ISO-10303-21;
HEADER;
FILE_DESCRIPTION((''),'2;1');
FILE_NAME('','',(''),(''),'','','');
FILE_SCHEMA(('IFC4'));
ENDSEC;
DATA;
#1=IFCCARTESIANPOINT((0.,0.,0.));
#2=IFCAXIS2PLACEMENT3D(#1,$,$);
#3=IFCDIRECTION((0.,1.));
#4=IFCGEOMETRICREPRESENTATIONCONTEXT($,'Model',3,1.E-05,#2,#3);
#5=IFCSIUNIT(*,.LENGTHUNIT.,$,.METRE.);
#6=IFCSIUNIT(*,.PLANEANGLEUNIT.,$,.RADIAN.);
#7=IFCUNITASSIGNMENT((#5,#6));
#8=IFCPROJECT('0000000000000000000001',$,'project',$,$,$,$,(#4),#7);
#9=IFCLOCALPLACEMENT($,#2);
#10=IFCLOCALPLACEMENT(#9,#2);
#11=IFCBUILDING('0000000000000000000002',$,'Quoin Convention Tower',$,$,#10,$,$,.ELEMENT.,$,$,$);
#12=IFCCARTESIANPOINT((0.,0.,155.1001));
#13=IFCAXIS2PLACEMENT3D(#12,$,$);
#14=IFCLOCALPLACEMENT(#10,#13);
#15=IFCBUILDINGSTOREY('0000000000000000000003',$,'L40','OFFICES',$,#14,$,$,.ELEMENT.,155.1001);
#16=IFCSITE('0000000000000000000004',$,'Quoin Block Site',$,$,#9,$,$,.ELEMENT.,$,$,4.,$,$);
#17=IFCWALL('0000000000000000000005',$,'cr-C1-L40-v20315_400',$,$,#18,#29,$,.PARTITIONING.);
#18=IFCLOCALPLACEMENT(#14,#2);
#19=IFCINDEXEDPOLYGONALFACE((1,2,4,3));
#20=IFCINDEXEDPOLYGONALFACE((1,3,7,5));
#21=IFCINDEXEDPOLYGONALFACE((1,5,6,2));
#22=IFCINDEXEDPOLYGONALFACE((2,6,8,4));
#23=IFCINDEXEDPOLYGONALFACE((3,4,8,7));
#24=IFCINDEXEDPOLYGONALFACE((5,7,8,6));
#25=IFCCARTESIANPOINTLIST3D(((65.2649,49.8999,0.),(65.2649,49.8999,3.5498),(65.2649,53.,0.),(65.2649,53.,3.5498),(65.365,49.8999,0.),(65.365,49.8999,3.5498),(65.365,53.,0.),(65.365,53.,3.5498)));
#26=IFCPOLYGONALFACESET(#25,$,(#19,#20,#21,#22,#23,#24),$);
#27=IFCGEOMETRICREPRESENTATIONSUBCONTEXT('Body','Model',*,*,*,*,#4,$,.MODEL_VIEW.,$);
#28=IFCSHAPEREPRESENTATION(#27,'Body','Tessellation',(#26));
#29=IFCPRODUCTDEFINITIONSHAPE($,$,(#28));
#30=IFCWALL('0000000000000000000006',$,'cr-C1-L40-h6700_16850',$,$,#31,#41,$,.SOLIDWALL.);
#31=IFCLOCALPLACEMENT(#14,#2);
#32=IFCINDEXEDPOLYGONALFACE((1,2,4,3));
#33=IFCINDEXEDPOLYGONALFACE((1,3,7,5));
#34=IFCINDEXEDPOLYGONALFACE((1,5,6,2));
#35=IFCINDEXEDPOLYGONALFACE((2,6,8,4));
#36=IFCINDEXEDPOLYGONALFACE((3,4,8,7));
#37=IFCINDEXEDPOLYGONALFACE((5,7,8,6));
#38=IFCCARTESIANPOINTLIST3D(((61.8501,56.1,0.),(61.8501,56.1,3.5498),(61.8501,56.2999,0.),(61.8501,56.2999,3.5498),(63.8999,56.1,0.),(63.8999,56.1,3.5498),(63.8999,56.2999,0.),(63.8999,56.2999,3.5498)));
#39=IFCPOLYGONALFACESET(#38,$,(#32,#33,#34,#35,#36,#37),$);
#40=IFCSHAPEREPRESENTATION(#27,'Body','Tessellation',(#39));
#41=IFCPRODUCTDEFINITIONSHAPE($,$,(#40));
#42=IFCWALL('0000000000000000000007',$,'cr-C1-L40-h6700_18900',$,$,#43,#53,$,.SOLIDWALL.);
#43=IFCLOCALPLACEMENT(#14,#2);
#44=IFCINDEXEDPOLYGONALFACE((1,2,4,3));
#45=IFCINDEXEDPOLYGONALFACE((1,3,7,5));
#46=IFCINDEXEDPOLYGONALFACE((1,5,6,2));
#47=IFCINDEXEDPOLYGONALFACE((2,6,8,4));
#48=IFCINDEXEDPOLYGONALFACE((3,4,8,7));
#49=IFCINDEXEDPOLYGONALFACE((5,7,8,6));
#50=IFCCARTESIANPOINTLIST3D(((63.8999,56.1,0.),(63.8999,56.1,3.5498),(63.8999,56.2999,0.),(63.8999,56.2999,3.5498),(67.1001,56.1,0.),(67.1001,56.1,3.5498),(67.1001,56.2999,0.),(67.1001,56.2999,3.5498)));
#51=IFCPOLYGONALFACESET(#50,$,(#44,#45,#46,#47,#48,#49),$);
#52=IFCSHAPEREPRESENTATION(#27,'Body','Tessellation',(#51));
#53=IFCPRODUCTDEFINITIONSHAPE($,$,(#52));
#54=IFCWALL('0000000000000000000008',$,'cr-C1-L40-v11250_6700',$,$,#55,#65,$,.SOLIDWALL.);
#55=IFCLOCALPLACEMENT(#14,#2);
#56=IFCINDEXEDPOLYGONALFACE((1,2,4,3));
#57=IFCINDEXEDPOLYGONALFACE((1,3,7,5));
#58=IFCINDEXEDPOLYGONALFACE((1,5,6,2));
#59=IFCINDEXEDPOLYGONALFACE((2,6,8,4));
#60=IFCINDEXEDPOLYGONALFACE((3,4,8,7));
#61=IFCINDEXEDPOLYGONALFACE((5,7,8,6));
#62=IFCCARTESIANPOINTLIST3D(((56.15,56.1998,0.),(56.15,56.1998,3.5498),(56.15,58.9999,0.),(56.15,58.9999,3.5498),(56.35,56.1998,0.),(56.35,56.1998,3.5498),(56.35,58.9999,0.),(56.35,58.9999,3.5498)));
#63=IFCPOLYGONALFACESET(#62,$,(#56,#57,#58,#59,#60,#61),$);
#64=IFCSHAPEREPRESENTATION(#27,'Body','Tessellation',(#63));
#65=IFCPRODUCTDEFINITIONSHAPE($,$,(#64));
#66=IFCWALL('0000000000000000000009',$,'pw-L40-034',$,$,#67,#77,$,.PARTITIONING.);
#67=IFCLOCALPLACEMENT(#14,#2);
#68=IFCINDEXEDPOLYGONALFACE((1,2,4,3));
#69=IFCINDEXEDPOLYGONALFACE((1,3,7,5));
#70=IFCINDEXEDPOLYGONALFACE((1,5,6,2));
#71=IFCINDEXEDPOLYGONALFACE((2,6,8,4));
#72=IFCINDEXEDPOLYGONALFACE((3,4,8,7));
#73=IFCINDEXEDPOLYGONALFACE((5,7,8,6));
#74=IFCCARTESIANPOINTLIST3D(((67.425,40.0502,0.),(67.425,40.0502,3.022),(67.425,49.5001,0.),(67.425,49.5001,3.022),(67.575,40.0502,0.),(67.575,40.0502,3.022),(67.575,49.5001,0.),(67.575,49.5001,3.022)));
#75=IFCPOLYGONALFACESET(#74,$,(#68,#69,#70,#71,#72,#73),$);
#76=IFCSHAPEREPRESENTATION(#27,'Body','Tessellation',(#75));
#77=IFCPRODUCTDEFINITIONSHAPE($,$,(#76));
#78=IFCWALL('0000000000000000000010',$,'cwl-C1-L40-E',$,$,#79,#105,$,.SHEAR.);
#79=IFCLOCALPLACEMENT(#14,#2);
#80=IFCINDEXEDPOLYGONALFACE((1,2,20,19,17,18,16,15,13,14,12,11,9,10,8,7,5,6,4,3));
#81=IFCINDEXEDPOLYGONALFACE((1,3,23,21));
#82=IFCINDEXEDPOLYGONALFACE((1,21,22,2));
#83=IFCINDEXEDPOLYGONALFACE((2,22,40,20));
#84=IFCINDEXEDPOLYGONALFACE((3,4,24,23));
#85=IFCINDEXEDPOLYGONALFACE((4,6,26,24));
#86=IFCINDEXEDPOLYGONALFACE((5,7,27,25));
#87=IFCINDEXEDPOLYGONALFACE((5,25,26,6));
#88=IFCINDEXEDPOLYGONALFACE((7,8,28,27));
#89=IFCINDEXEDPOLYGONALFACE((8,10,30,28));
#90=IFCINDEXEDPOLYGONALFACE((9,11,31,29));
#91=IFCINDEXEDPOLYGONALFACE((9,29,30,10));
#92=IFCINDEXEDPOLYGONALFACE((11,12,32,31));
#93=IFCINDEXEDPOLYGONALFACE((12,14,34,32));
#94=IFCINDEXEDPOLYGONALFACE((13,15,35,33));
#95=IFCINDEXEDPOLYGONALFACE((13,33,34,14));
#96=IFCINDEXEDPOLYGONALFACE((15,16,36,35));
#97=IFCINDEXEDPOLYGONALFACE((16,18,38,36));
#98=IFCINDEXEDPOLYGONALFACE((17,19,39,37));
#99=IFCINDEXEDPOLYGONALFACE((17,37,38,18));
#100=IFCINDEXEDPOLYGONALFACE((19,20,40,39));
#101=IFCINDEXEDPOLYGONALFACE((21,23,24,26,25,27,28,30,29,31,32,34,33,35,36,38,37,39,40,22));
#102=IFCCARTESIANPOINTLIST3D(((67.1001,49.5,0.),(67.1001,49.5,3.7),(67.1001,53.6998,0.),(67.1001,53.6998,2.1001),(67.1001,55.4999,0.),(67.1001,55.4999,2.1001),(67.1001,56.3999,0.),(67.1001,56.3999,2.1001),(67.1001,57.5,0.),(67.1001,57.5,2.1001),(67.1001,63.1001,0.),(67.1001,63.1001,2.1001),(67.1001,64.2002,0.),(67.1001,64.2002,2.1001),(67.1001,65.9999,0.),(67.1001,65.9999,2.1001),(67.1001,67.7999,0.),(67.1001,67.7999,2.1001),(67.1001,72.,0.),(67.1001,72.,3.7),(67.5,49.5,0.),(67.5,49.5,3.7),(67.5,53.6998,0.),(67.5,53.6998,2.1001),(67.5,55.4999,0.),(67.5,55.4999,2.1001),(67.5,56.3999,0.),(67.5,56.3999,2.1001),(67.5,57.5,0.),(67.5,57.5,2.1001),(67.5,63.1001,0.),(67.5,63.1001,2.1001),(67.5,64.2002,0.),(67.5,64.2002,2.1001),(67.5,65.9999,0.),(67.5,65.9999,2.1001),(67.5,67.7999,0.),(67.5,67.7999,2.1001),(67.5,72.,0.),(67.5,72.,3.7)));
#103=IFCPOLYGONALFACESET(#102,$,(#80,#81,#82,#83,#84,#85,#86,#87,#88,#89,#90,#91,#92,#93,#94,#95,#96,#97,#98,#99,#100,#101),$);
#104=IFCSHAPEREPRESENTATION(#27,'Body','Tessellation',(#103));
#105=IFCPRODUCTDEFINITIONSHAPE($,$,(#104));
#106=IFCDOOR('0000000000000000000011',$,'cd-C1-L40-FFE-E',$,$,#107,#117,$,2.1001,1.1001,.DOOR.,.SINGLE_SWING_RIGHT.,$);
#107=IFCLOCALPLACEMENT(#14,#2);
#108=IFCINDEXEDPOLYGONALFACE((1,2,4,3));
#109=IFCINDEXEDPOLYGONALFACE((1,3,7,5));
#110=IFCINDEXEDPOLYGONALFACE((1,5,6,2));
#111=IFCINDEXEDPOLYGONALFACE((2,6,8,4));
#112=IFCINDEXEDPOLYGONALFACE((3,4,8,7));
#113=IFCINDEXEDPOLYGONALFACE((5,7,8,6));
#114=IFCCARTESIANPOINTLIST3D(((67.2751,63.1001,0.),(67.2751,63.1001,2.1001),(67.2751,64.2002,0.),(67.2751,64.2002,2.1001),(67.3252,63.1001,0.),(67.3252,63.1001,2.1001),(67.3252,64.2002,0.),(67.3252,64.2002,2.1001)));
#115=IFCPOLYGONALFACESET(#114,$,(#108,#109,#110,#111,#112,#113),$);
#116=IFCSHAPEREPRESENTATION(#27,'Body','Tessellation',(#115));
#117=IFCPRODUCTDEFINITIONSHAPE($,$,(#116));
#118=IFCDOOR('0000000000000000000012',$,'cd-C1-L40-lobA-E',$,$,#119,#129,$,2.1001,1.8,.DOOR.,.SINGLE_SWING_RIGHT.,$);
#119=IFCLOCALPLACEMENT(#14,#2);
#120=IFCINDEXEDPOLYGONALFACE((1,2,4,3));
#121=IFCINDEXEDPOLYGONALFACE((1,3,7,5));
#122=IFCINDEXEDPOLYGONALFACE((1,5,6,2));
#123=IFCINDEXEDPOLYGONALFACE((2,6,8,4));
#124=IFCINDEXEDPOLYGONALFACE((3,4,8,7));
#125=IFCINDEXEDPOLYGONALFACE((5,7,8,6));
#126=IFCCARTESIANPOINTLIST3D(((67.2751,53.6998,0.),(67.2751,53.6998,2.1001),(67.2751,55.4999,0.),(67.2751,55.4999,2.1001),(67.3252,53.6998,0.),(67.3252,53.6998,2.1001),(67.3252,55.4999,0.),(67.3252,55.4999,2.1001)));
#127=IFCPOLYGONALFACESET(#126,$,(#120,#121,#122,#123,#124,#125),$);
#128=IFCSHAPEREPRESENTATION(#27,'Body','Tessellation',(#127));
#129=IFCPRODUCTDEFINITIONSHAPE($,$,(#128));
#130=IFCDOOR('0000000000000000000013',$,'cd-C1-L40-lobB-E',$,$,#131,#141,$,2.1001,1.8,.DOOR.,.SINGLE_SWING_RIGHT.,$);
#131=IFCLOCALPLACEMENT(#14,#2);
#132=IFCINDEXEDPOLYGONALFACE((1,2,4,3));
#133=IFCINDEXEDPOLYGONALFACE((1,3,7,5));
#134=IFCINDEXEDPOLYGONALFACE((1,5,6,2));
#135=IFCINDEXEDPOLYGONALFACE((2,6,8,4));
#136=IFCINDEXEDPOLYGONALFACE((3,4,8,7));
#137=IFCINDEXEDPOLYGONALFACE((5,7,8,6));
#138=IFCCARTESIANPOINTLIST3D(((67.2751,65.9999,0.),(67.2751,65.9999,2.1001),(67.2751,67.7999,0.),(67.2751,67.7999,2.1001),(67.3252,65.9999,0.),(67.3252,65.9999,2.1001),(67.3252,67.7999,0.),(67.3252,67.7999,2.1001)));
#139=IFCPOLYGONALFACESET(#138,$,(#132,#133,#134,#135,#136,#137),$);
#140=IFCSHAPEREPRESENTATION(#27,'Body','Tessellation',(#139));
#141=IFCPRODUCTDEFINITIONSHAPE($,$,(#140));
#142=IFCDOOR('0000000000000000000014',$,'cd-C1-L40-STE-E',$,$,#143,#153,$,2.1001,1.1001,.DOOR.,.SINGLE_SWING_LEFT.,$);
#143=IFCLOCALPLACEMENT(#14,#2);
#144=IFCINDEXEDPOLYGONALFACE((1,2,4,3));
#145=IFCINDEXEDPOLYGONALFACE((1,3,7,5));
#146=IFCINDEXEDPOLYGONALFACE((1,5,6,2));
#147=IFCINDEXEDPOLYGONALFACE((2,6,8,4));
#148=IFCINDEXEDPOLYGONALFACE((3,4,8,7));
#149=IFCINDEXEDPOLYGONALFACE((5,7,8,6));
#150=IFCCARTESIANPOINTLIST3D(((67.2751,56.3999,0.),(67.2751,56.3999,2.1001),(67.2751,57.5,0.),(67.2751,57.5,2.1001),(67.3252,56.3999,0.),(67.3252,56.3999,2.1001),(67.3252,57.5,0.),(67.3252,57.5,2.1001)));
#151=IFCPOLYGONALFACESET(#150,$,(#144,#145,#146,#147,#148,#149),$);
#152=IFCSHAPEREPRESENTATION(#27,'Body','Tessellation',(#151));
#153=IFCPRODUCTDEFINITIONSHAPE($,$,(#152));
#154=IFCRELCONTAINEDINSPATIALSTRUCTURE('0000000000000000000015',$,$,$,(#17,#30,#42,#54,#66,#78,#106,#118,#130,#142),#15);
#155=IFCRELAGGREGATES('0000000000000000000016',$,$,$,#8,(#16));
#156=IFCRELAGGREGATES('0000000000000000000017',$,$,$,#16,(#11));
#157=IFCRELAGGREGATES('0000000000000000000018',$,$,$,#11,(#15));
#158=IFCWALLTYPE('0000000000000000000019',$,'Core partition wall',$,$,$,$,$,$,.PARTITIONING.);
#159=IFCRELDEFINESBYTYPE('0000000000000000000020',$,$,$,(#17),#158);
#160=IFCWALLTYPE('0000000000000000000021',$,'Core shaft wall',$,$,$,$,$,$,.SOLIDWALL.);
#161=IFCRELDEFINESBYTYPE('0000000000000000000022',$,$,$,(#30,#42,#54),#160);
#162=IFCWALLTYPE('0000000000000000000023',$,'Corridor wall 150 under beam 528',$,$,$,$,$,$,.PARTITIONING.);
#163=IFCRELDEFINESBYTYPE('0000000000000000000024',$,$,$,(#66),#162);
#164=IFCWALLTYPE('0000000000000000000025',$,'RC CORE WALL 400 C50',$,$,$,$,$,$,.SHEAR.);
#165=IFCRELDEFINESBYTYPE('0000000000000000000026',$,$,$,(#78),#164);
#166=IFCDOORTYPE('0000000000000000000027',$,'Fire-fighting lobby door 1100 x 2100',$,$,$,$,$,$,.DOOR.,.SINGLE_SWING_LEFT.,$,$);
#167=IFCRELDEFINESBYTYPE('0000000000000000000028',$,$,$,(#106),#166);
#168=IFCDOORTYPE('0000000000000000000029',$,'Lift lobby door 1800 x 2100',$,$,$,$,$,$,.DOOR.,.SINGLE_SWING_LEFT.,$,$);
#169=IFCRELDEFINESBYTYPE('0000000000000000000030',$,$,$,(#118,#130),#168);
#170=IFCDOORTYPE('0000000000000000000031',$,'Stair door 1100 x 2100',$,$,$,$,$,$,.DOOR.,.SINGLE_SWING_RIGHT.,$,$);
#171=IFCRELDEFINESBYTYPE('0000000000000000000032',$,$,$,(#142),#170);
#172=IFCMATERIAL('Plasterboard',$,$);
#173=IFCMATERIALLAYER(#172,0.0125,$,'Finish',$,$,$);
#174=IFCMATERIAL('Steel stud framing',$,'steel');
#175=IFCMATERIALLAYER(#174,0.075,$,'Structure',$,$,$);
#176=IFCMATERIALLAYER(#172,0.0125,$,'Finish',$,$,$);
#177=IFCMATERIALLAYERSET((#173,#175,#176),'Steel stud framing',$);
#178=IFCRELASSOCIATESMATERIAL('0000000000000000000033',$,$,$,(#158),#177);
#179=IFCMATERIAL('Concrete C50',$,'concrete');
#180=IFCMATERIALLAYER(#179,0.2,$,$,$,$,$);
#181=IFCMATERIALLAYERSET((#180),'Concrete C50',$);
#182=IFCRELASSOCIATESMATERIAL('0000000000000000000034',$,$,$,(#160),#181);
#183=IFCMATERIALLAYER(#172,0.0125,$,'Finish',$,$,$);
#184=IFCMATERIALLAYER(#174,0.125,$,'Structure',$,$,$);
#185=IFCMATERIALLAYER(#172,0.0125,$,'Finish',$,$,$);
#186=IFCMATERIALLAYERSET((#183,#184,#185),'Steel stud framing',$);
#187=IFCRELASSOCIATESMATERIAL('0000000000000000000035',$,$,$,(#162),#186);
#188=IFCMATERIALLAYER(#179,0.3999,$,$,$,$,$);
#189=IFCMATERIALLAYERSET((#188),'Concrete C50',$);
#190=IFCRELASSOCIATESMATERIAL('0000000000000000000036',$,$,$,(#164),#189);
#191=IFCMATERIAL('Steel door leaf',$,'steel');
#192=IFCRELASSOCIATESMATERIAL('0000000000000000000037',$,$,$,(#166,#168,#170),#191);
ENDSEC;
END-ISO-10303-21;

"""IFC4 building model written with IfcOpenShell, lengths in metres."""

from ifc_helpers import new_model, si_unit, direction, frame, frame_2d, origin, place, context, subcontext, project, spatial, rectangle, extrude, material, layer, layer_set, type_object, element, fill, save


model = new_model("IFC4")

# Units and contexts
model_context = context("Model", 3, precision=1e-05, world=origin(), true_north=direction((0.0, 1.0)))
body_context = subcontext(model_context, "Body", "Model", "MODEL_VIEW")
ifc_project = project(units=[si_unit("LENGTHUNIT", "METRE"), si_unit("PLANEANGLEUNIT", "RADIAN")], contexts=[model_context])

# Site, building, storey
site_placement = place(None, origin())
site = spatial("IfcSite", under=ifc_project, at=site_placement, Name="Quoin Block Site", CompositionType="ELEMENT", RefElevation=4.0)
building_placement = place(site_placement, origin())
building = spatial("IfcBuilding", under=site, at=building_placement, Name="Quoin Convention Tower", CompositionType="ELEMENT")
storey_placement = place(building_placement, frame((0.0, 0.0, 155.1001)))
storey = spatial("IfcBuildingStorey", under=building, at=storey_placement, Name="L40", Description="OFFICES", CompositionType="ELEMENT", Elevation=155.1001)

# Shared definitions
ifc_material_1 = material(Name="Concrete C50", Category="concrete")

# Walls
ifc_material_2 = material(Name="Plasterboard")
ifc_layer_1 = layer(ifc_material_2, 0.0125, Name="Finish")
ifc_material_3 = material(Name="Steel stud framing", Category="steel")
ifc_layer_2 = layer(ifc_material_3, 0.075, Name="Structure")
ifc_layer_3 = layer(ifc_material_2, 0.0125, Name="Finish")
ifc_layer_set_1 = layer_set([ifc_layer_1, ifc_layer_2, ifc_layer_3], Name="Steel stud framing")
wall_type_1 = type_object("IfcWallType", Name="Core partition wall", PredefinedType="PARTITIONING", material=ifc_layer_set_1)
for number, where, z_axis, x_axis, name in (
    (1, (65.3149, 49.8999, 0.0), (0.0, 0.0, 1.0), (0.0, 1.0, 0.0), "cr-C1-L40-v20315_400"),
):
    element("IfcWall", number, at=place(storey_placement, frame(where, z_axis=z_axis, x_axis=x_axis)), inside=storey, type_object=wall_type_1, Name=name, PredefinedType="PARTITIONING", context=body_context, shape_type="SweptSolid", body=[
        extrude(rectangle(XDim=3.1001, YDim=0.1001, at=frame_2d((1.55, 0.0))), origin(), (0.0, 0.0, 1.0), 3.5498),
    ])
ifc_layer_4 = layer(ifc_material_1, 0.2)
ifc_layer_set_2 = layer_set([ifc_layer_4], Name="Concrete C50")
wall_type_2 = type_object("IfcWallType", Name="Core shaft wall", PredefinedType="SOLIDWALL", material=ifc_layer_set_2)
wall_1_placement = place(storey_placement, frame((61.8501, 56.2, 0.0), z_axis=(0.0, 0.0, 1.0), x_axis=(1.0, 0.0, 0.0)))
element("IfcWall", 2, at=wall_1_placement, inside=storey, type_object=wall_type_2, Name="cr-C1-L40-h6700_16850", PredefinedType="SOLIDWALL", context=body_context, shape_type="SweptSolid", body=[
    extrude(rectangle(XDim=2.0498, YDim=0.2, at=frame_2d((1.0249, 0.0))), origin(), (0.0, 0.0, 1.0), 3.5498),
])
wall_2_placement = place(storey_placement, frame((63.8999, 56.2, 0.0), z_axis=(0.0, 0.0, 1.0), x_axis=(1.0, 0.0, 0.0)))
element("IfcWall", 3, at=wall_2_placement, inside=storey, type_object=wall_type_2, Name="cr-C1-L40-h6700_18900", PredefinedType="SOLIDWALL", context=body_context, shape_type="SweptSolid", body=[
    extrude(rectangle(XDim=3.2002, YDim=0.2, at=frame_2d((1.6001, 0.0))), origin(), (0.0, 0.0, 1.0), 3.5498),
])
wall_3_placement = place(storey_placement, frame((56.25, 56.2, 0.0), z_axis=(0.0, 0.0, 1.0), x_axis=(0.0, 1.0, 0.0)))
element("IfcWall", 4, at=wall_3_placement, inside=storey, type_object=wall_type_2, Name="cr-C1-L40-v11250_6700", PredefinedType="SOLIDWALL", context=body_context, shape_type="SweptSolid", body=[
    extrude(rectangle(XDim=2.8, YDim=0.2, at=frame_2d((1.3999, 0.0))), origin(), (0.0, 0.0, 1.0), 3.5498),
])
ifc_layer_5 = layer(ifc_material_2, 0.0125, Name="Finish")
ifc_layer_6 = layer(ifc_material_3, 0.125, Name="Structure")
ifc_layer_7 = layer(ifc_material_2, 0.0125, Name="Finish")
ifc_layer_set_3 = layer_set([ifc_layer_5, ifc_layer_6, ifc_layer_7], Name="Steel stud framing")
wall_type_3 = type_object("IfcWallType", Name="Corridor wall 150 under beam 528", PredefinedType="PARTITIONING", material=ifc_layer_set_3)
wall_4_placement = place(storey_placement, frame((67.5, 40.05, 0.0), z_axis=(0.0, 0.0, 1.0), x_axis=(0.0, 1.0, 0.0)))
element("IfcWall", 5, at=wall_4_placement, inside=storey, type_object=wall_type_3, Name="pw-L40-034", PredefinedType="PARTITIONING", context=body_context, shape_type="SweptSolid", body=[
    extrude(rectangle(XDim=9.45, YDim=0.1499, at=frame_2d((4.7251, 0.0))), origin(), (0.0, 0.0, 1.0), 3.022),
])

# Wall, openings, doors
ifc_layer_8 = layer(ifc_material_1, 0.3999)
ifc_layer_set_4 = layer_set([ifc_layer_8], Name="Concrete C50")
wall_type_4 = type_object("IfcWallType", Name="RC CORE WALL 400 C50", PredefinedType="SHEAR", material=ifc_layer_set_4)
wall_5_placement = place(storey_placement, frame((67.3, 49.5, 0.0), z_axis=(0.0, 0.0, 1.0), x_axis=(0.0, 1.0, 0.0)))
wall_5 = element("IfcWall", 6, at=wall_5_placement, inside=storey, type_object=wall_type_4, Name="cwl-C1-L40-E", PredefinedType="SHEAR", context=body_context, shape_type="SweptSolid", body=[
    extrude(rectangle(XDim=22.5, YDim=0.3999, at=frame_2d((11.25, 0.0))), origin(), (0.0, 0.0, 1.0), 3.7),
])
opening_1_placement = place(wall_5_placement, frame((4.2, 0.0, 0.0)))
opening_1 = element("IfcOpeningElement", 7, at=opening_1_placement, cuts=wall_5, PredefinedType="OPENING", context=body_context, shape_type="SweptSolid", body=[
    extrude(rectangle(XDim=1.8, YDim=2.1001, at=frame_2d((0.8999, 1.05))), frame((0.0, 0.21, 0.0), z_axis=(0.0, -1.0, 0.0), x_axis=(1.0, 0.0, 0.0)), (0.0, 0.0, 1.0), 0.4199),
])
opening_2_placement = place(wall_5_placement, frame((6.8999, 0.0, 0.0)))
opening_2 = element("IfcOpeningElement", 8, at=opening_2_placement, cuts=wall_5, PredefinedType="OPENING", context=body_context, shape_type="SweptSolid", body=[
    extrude(rectangle(XDim=1.1001, YDim=2.1001, at=frame_2d((0.55, 1.05))), frame((0.0, 0.21, 0.0), z_axis=(0.0, -1.0, 0.0), x_axis=(1.0, 0.0, 0.0)), (0.0, 0.0, 1.0), 0.4199),
])
opening_3_placement = place(wall_5_placement, frame((13.6001, 0.0, 0.0)))
opening_3 = element("IfcOpeningElement", 9, at=opening_3_placement, cuts=wall_5, PredefinedType="OPENING", context=body_context, shape_type="SweptSolid", body=[
    extrude(rectangle(XDim=1.1001, YDim=2.1001, at=frame_2d((0.55, 1.05))), frame((0.0, 0.21, 0.0), z_axis=(0.0, -1.0, 0.0), x_axis=(1.0, 0.0, 0.0)), (0.0, 0.0, 1.0), 0.4199),
])
opening_4_placement = place(wall_5_placement, frame((16.5, 0.0, 0.0)))
opening_4 = element("IfcOpeningElement", 10, at=opening_4_placement, cuts=wall_5, PredefinedType="OPENING", context=body_context, shape_type="SweptSolid", body=[
    extrude(rectangle(XDim=1.8, YDim=2.1001, at=frame_2d((0.8999, 1.05))), frame((0.0, 0.21, 0.0), z_axis=(0.0, -1.0, 0.0), x_axis=(1.0, 0.0, 0.0)), (0.0, 0.0, 1.0), 0.4199),
])
ifc_material_4 = material(Name="Steel door leaf", Category="steel")
door_type_1 = type_object("IfcDoorType", Name="Fire-fighting lobby door 1100 x 2100", OperationType="SINGLE_SWING_LEFT", PredefinedType="DOOR", material=ifc_material_4)
door_1_placement = place(opening_3_placement, origin())
door_1 = element("IfcDoor", 11, at=door_1_placement, inside=storey, type_object=door_type_1, Name="cd-C1-L40-FFE-E", OperationType="SINGLE_SWING_RIGHT", OverallHeight=2.1001, OverallWidth=1.1001, PredefinedType="DOOR", context=body_context, shape_type="SweptSolid", body=[
    extrude(rectangle(XDim=1.1001, YDim=2.1001, at=frame_2d((0.55, 1.05))), frame((0.0, 0.0249, 0.0), z_axis=(0.0, -1.0, 0.0), x_axis=(1.0, 0.0, 0.0)), (0.0, 0.0, 1.0), 0.05),
])
fill(opening_3, door_1)
door_type_2 = type_object("IfcDoorType", Name="Lift lobby door 1800 x 2100", OperationType="SINGLE_SWING_LEFT", PredefinedType="DOOR", material=ifc_material_4)
door_2_placement = place(opening_1_placement, origin())
door_2 = element("IfcDoor", 12, at=door_2_placement, inside=storey, type_object=door_type_2, Name="cd-C1-L40-lobA-E", OperationType="SINGLE_SWING_RIGHT", OverallHeight=2.1001, OverallWidth=1.8, PredefinedType="DOOR", context=body_context, shape_type="SweptSolid", body=[
    extrude(rectangle(XDim=1.8, YDim=2.1001, at=frame_2d((0.8999, 1.05))), frame((0.0, 0.0249, 0.0), z_axis=(0.0, -1.0, 0.0), x_axis=(1.0, 0.0, 0.0)), (0.0, 0.0, 1.0), 0.05),
])
fill(opening_1, door_2)
door_3_placement = place(opening_4_placement, origin())
door_3 = element("IfcDoor", 13, at=door_3_placement, inside=storey, type_object=door_type_2, Name="cd-C1-L40-lobB-E", OperationType="SINGLE_SWING_RIGHT", OverallHeight=2.1001, OverallWidth=1.8, PredefinedType="DOOR", context=body_context, shape_type="SweptSolid", body=[
    extrude(rectangle(XDim=1.8, YDim=2.1001, at=frame_2d((0.8999, 1.05))), frame((0.0, 0.0249, 0.0), z_axis=(0.0, -1.0, 0.0), x_axis=(1.0, 0.0, 0.0)), (0.0, 0.0, 1.0), 0.05),
])
fill(opening_4, door_3)
door_type_3 = type_object("IfcDoorType", Name="Stair door 1100 x 2100", OperationType="SINGLE_SWING_RIGHT", PredefinedType="DOOR", material=ifc_material_4)
door_4_placement = place(opening_2_placement, origin())
door_4 = element("IfcDoor", 14, at=door_4_placement, inside=storey, type_object=door_type_3, Name="cd-C1-L40-STE-E", OperationType="SINGLE_SWING_LEFT", OverallHeight=2.1001, OverallWidth=1.1001, PredefinedType="DOOR", context=body_context, shape_type="SweptSolid", body=[
    extrude(rectangle(XDim=1.1001, YDim=2.1001, at=frame_2d((0.55, 1.05))), frame((0.0, 0.0249, 0.0), z_axis=(0.0, -1.0, 0.0), x_axis=(1.0, 0.0, 0.0)), (0.0, 0.0, 1.0), 0.05),
])
fill(opening_2, door_4)

save(model, "model.ifc")
